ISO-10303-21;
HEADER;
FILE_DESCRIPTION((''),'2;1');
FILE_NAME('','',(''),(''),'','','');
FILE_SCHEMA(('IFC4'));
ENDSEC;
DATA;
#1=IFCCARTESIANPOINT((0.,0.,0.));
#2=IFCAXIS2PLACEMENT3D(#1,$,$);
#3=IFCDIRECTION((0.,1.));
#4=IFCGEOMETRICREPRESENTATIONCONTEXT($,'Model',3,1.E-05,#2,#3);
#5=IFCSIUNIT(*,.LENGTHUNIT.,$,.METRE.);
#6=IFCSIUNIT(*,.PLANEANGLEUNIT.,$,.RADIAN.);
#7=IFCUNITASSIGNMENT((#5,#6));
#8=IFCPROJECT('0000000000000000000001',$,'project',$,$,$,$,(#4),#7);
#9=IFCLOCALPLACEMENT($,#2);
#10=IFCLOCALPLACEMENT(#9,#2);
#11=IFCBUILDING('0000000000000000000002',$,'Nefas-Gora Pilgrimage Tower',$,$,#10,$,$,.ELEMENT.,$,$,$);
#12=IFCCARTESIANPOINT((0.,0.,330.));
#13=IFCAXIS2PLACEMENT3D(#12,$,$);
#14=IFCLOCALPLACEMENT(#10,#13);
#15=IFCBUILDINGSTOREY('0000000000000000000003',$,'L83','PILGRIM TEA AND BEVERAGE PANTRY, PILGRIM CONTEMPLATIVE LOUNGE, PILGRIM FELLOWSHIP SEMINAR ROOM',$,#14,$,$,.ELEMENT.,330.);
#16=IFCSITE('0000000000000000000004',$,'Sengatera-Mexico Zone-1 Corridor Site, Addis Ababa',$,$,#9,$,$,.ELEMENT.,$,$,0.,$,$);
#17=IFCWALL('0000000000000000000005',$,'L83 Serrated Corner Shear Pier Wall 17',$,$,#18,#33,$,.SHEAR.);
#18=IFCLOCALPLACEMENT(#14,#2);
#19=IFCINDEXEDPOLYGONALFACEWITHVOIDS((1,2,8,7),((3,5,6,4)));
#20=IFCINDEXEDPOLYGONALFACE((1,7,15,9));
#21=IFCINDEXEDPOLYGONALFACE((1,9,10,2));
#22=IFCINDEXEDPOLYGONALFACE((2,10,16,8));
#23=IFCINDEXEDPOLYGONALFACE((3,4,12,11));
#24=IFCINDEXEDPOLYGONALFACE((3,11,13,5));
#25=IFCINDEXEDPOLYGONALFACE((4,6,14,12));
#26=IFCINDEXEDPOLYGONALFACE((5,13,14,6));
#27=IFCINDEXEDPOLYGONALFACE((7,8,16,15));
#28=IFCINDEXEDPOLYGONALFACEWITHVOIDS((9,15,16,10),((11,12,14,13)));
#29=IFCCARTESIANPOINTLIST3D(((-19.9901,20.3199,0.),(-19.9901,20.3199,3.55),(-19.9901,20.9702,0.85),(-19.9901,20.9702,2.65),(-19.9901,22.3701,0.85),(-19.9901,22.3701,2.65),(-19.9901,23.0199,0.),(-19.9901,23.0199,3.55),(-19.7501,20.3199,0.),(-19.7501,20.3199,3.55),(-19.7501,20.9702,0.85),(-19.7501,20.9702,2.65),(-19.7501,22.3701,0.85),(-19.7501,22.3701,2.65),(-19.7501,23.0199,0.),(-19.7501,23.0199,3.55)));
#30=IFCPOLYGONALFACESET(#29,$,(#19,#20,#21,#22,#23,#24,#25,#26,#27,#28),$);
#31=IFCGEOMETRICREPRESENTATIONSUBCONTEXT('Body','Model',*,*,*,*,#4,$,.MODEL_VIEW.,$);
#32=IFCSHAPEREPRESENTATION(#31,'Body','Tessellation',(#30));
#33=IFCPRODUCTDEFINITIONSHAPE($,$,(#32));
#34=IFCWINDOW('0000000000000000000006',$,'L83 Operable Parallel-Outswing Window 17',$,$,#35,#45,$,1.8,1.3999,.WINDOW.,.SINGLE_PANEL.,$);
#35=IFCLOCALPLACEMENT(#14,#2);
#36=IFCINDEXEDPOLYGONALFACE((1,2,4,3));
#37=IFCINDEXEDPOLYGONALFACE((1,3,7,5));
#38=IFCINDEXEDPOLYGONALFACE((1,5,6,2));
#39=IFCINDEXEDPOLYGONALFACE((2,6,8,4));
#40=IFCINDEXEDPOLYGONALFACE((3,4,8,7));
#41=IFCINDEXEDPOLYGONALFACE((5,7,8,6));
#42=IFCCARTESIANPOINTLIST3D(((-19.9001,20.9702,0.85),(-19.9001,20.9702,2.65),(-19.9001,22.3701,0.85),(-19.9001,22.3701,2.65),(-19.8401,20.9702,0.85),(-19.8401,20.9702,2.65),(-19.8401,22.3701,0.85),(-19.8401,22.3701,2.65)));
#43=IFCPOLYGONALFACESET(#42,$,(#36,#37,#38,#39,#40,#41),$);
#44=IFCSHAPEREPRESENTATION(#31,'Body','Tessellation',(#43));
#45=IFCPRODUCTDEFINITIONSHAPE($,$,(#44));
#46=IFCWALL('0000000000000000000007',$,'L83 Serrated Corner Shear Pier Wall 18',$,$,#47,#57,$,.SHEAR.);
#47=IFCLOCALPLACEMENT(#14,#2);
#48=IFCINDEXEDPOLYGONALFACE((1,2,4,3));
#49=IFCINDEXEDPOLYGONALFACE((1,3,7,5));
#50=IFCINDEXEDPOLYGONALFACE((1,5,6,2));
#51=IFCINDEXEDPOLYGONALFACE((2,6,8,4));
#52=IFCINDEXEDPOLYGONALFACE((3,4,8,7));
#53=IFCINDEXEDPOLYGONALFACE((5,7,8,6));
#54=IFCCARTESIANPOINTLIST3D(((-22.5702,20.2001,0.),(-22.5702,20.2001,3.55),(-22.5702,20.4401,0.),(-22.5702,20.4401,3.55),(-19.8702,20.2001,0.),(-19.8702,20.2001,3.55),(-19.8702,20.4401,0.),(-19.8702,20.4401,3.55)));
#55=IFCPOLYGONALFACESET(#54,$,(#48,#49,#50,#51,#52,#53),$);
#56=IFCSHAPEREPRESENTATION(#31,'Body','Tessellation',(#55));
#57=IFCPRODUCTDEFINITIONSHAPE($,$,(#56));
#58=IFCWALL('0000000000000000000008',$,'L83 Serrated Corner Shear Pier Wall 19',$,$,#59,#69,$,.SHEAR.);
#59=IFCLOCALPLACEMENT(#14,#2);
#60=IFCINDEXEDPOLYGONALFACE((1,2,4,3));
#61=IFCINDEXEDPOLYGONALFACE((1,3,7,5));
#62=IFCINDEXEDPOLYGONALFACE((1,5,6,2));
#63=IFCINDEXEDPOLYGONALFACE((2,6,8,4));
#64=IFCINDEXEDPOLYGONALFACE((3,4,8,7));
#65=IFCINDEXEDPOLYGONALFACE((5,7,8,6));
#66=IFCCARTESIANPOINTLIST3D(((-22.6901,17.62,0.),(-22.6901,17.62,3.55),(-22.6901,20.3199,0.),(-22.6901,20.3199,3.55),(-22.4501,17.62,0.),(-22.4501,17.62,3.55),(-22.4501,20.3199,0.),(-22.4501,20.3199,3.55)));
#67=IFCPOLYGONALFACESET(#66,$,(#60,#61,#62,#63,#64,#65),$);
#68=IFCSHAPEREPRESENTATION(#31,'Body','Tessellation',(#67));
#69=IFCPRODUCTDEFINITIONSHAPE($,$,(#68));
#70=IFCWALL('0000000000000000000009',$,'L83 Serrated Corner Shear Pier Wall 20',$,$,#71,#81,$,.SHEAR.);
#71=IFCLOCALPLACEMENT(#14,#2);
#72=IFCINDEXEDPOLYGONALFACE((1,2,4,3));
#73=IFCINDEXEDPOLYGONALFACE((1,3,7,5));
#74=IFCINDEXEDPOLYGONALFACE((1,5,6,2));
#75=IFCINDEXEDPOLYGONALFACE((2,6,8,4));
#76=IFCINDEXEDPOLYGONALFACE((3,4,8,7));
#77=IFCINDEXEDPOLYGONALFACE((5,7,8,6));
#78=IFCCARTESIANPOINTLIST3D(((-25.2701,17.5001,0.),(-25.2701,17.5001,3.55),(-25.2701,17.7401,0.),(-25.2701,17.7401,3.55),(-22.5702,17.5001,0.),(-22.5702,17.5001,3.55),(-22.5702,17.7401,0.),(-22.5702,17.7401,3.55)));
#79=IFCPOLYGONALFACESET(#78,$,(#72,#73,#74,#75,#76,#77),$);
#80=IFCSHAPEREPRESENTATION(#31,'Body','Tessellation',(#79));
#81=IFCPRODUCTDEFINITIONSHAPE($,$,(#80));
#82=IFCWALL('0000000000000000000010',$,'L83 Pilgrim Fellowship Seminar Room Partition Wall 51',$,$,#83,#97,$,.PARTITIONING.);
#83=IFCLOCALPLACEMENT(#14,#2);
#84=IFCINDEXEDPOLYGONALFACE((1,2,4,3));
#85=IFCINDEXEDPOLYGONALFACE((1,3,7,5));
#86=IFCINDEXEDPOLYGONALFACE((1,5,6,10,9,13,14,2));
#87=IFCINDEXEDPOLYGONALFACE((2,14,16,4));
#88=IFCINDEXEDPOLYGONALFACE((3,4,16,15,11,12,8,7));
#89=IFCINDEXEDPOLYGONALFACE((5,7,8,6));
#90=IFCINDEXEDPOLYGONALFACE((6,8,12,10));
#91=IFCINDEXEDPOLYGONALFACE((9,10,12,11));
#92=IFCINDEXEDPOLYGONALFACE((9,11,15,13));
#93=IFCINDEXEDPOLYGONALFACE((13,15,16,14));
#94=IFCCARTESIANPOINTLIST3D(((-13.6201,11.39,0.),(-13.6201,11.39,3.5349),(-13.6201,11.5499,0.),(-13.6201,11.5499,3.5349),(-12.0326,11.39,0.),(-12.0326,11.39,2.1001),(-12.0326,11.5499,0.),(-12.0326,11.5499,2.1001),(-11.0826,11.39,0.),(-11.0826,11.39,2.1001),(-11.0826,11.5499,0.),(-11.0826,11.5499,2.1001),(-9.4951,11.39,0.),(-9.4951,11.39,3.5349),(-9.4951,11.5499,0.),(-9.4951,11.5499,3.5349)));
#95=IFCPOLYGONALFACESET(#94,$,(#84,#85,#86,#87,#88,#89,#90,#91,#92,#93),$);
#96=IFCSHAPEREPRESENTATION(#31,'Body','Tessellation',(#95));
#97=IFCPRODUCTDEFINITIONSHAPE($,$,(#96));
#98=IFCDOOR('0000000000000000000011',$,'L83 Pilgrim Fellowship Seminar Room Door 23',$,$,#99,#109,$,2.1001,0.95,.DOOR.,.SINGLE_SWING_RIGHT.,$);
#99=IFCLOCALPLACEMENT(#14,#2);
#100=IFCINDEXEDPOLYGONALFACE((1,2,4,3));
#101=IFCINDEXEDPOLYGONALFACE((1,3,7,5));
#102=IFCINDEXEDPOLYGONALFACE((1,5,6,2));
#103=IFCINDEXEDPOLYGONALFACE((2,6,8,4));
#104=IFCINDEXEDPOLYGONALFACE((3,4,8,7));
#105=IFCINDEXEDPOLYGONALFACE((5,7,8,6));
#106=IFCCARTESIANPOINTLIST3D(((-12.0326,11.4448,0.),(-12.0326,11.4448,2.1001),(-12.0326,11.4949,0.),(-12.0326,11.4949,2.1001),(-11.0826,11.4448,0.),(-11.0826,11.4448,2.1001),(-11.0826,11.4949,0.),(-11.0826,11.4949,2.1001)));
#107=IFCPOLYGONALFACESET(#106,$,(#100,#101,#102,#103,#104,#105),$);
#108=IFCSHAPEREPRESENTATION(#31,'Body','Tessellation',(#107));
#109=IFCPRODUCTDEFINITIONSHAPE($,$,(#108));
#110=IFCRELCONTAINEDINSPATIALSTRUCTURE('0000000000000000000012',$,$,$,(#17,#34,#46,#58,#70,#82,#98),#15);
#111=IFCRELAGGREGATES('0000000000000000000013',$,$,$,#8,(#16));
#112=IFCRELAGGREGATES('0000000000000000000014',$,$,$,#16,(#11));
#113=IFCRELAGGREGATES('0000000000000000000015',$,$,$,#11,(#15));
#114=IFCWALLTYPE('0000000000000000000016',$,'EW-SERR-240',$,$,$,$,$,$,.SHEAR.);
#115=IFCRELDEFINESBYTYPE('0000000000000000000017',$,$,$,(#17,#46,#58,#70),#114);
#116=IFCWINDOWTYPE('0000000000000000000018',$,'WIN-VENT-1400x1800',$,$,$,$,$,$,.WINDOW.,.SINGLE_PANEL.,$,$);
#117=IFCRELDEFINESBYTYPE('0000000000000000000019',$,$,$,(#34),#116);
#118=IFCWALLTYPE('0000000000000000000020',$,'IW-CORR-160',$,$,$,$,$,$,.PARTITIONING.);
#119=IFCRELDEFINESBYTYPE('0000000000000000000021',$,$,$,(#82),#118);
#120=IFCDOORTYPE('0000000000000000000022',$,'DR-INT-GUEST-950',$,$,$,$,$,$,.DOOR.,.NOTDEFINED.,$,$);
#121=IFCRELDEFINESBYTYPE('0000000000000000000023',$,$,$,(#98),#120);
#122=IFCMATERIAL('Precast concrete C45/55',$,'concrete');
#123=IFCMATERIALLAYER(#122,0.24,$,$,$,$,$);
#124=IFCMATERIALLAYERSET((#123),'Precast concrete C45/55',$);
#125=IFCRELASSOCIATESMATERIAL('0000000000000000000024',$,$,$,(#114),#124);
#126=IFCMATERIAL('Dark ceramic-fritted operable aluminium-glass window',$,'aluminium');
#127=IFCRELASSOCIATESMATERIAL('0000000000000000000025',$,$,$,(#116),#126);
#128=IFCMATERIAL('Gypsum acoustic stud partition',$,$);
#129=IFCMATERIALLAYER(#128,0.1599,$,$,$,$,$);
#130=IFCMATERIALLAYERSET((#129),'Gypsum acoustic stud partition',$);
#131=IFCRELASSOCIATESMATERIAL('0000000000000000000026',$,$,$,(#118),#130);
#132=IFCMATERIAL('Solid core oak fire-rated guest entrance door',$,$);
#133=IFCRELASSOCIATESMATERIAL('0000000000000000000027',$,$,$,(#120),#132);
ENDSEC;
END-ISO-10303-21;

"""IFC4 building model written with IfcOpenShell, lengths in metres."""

from ifc_helpers import new_model, si_unit, direction, frame, frame_2d, origin, place, context, subcontext, project, spatial, rectangle, extrude, source, transform, mapped, material, layer, layer_set, type_object, element, fill, save


model = new_model("IFC4")

# Units and contexts
model_context = context("Model", 3, precision=1e-05, world=origin(), true_north=direction((0.0, 1.0)))
body_context = subcontext(model_context, "Body", "Model", "MODEL_VIEW")
ifc_project = project(units=[si_unit("LENGTHUNIT", "METRE"), si_unit("PLANEANGLEUNIT", "RADIAN")], contexts=[model_context])

# Site, building, storey
site_placement = place(None, origin())
site = spatial("IfcSite", under=ifc_project, at=site_placement, Name="Sengatera-Mexico Zone-1 Corridor Site, Addis Ababa", CompositionType="ELEMENT", RefElevation=0.0)
building_placement = place(site_placement, origin())
building = spatial("IfcBuilding", under=site, at=building_placement, Name="Nefas-Gora Pilgrimage Tower", CompositionType="ELEMENT")
storey_placement = place(building_placement, frame((0.0, 0.0, 330.0)))
storey = spatial("IfcBuildingStorey", under=building, at=storey_placement, Name="L83", Description="PILGRIM TEA AND BEVERAGE PANTRY, PILGRIM CONTEMPLATIVE LOUNGE, PILGRIM FELLOWSHIP SEMINAR ROOM", CompositionType="ELEMENT", Elevation=330.0)

# Wall, opening, window
ifc_material_1 = material(Name="Precast concrete C45/55", Category="concrete")
ifc_layer_1 = layer(ifc_material_1, 0.24)
ifc_layer_set_1 = layer_set([ifc_layer_1], Name="Precast concrete C45/55")
wall_type_1 = type_object("IfcWallType", Name="EW-SERR-240", PredefinedType="SHEAR", material=ifc_layer_set_1)
shared_shape_1 = source(origin(), body_context, "Body", "SweptSolid", [
    extrude(rectangle(XDim=2.7, YDim=0.24, at=frame_2d((1.3501, 0.0))), origin(), (0.0, 0.0, 1.0), 3.55),
])
wall_1_placement = place(storey_placement, frame((-19.8701, 23.02, 0.0), z_axis=(0.0, 0.0, 1.0), x_axis=(0.0, -1.0, 0.0)))
wall_1 = element("IfcWall", 1, at=wall_1_placement, inside=storey, type_object=wall_type_1, Name="L83 Serrated Corner Shear Pier Wall 17", PredefinedType="SHEAR", context=body_context, shape_type="MappedRepresentation", body=[
    mapped(shared_shape_1, transform((0.0, 0.0, 0.0), x_axis=(1.0, 0.0, 0.0), y_axis=(0.0, 1.0, 0.0), z_axis=(0.0, 0.0, 1.0), scale=1.0)),
])
opening_1_placement = place(wall_1_placement, frame((0.6499, 0.0, 0.8501)))
opening_1 = element("IfcOpeningElement", 2, at=opening_1_placement, cuts=wall_1, PredefinedType="OPENING", context=body_context, shape_type="SweptSolid", body=[
    extrude(rectangle(XDim=1.3999, YDim=1.8, at=frame_2d((0.7, 0.8999))), frame((0.0, 0.1299, 0.0), z_axis=(0.0, -1.0, 0.0), x_axis=(1.0, 0.0, 0.0)), (0.0, 0.0, 1.0), 0.26),
])
ifc_material_2 = material(Name="Dark ceramic-fritted operable aluminium-glass window", Category="aluminium")
window_type = type_object("IfcWindowType", Name="WIN-VENT-1400x1800", PartitioningType="SINGLE_PANEL", PredefinedType="WINDOW", material=ifc_material_2)
shared_shape_2 = source(origin(), body_context, "Body", "SweptSolid", [
    extrude(rectangle(XDim=1.3999, YDim=1.8, at=frame_2d((0.7, 0.8999))), frame((0.0, 0.03, 0.0), z_axis=(0.0, -1.0, 0.0), x_axis=(1.0, 0.0, 0.0)), (0.0, 0.0, 1.0), 0.0601),
])
window_placement = place(opening_1_placement, origin())
window = element("IfcWindow", 3, at=window_placement, inside=storey, type_object=window_type, Name="L83 Operable Parallel-Outswing Window 17", OverallHeight=1.8, OverallWidth=1.3999, PartitioningType="SINGLE_PANEL", PredefinedType="WINDOW", context=body_context, shape_type="MappedRepresentation", body=[
    mapped(shared_shape_2, transform((0.0, 0.0, 0.0), x_axis=(1.0, 0.0, 0.0), y_axis=(0.0, 1.0, 0.0), z_axis=(0.0, 0.0, 1.0), scale=1.0)),
])
fill(opening_1, window)

# Walls
for number, where, z_axis, x_axis, name in (
    (4, (-19.8701, 20.3201, 0.0), (0.0, 0.0, 1.0), (-1.0, 0.0, 0.0), "L83 Serrated Corner Shear Pier Wall 18"),
    (5, (-22.5701, 20.3201, 0.0), (0.0, 0.0, 1.0), (0.0, -1.0, 0.0), "L83 Serrated Corner Shear Pier Wall 19"),
    (6, (-22.5701, 17.6201, 0.0), (0.0, 0.0, 1.0), (-1.0, 0.0, 0.0), "L83 Serrated Corner Shear Pier Wall 20"),
):
    element("IfcWall", number, at=place(storey_placement, frame(where, z_axis=z_axis, x_axis=x_axis)), inside=storey, type_object=wall_type_1, Name=name, PredefinedType="SHEAR", context=body_context, shape_type="MappedRepresentation", body=[
        mapped(shared_shape_1, transform((0.0, 0.0, 0.0), x_axis=(1.0, 0.0, 0.0), y_axis=(0.0, 1.0, 0.0), z_axis=(0.0, 0.0, 1.0), scale=1.0)),
    ])

# Wall, opening, door
ifc_material_3 = material(Name="Gypsum acoustic stud partition")
ifc_layer_2 = layer(ifc_material_3, 0.1599)
ifc_layer_set_2 = layer_set([ifc_layer_2], Name="Gypsum acoustic stud partition")
wall_type_2 = type_object("IfcWallType", Name="IW-CORR-160", PredefinedType="PARTITIONING", material=ifc_layer_set_2)
shared_shape_3 = source(origin(), body_context, "Body", "SweptSolid", [
    extrude(rectangle(XDim=4.125, YDim=0.1599, at=frame_2d((2.0625, 0.0))), origin(), (0.0, 0.0, 1.0), 3.5349),
])
wall_2_placement = place(storey_placement, frame((-13.6201, 11.47, 0.0), z_axis=(0.0, 0.0, 1.0), x_axis=(1.0, 0.0, 0.0)))
wall_2 = element("IfcWall", 7, at=wall_2_placement, inside=storey, type_object=wall_type_2, Name="L83 Pilgrim Fellowship Seminar Room Partition Wall 51", PredefinedType="PARTITIONING", context=body_context, shape_type="MappedRepresentation", body=[
    mapped(shared_shape_3, transform((0.0, 0.0, 0.0), x_axis=(1.0, 0.0, 0.0), y_axis=(0.0, 1.0, 0.0), z_axis=(0.0, 0.0, 1.0), scale=1.0)),
])
opening_2_placement = place(wall_2_placement, frame((1.5874, 0.0, 0.0)))
opening_2 = element("IfcOpeningElement", 8, at=opening_2_placement, cuts=wall_2, PredefinedType="OPENING", context=body_context, shape_type="SweptSolid", body=[
    extrude(rectangle(XDim=0.95, YDim=2.1001, at=frame_2d((0.4751, 1.05))), frame((0.0, 0.0898, 0.0), z_axis=(0.0, -1.0, 0.0), x_axis=(1.0, 0.0, 0.0)), (0.0, 0.0, 1.0), 0.1799),
])
ifc_material_4 = material(Name="Solid core oak fire-rated guest entrance door")
door_type = type_object("IfcDoorType", Name="DR-INT-GUEST-950", OperationType="NOTDEFINED", PredefinedType="DOOR", material=ifc_material_4)
shared_shape_4 = source(origin(), body_context, "Body", "SweptSolid", [
    extrude(rectangle(XDim=0.95, YDim=2.1001, at=frame_2d((0.4751, 1.05))), frame((0.0, 0.0249, 0.0), z_axis=(0.0, -1.0, 0.0), x_axis=(1.0, 0.0, 0.0)), (0.0, 0.0, 1.0), 0.05),
])
door_placement = place(opening_2_placement, origin())
door = element("IfcDoor", 9, at=door_placement, inside=storey, type_object=door_type, Name="L83 Pilgrim Fellowship Seminar Room Door 23", OperationType="SINGLE_SWING_RIGHT", OverallHeight=2.1001, OverallWidth=0.95, PredefinedType="DOOR", context=body_context, shape_type="MappedRepresentation", body=[
    mapped(shared_shape_4, transform((0.0, 0.0, 0.0), x_axis=(1.0, 0.0, 0.0), y_axis=(0.0, 1.0, 0.0), z_axis=(0.0, 0.0, 1.0), scale=1.0)),
])
fill(opening_2, door)

save(model, "model.ifc")
